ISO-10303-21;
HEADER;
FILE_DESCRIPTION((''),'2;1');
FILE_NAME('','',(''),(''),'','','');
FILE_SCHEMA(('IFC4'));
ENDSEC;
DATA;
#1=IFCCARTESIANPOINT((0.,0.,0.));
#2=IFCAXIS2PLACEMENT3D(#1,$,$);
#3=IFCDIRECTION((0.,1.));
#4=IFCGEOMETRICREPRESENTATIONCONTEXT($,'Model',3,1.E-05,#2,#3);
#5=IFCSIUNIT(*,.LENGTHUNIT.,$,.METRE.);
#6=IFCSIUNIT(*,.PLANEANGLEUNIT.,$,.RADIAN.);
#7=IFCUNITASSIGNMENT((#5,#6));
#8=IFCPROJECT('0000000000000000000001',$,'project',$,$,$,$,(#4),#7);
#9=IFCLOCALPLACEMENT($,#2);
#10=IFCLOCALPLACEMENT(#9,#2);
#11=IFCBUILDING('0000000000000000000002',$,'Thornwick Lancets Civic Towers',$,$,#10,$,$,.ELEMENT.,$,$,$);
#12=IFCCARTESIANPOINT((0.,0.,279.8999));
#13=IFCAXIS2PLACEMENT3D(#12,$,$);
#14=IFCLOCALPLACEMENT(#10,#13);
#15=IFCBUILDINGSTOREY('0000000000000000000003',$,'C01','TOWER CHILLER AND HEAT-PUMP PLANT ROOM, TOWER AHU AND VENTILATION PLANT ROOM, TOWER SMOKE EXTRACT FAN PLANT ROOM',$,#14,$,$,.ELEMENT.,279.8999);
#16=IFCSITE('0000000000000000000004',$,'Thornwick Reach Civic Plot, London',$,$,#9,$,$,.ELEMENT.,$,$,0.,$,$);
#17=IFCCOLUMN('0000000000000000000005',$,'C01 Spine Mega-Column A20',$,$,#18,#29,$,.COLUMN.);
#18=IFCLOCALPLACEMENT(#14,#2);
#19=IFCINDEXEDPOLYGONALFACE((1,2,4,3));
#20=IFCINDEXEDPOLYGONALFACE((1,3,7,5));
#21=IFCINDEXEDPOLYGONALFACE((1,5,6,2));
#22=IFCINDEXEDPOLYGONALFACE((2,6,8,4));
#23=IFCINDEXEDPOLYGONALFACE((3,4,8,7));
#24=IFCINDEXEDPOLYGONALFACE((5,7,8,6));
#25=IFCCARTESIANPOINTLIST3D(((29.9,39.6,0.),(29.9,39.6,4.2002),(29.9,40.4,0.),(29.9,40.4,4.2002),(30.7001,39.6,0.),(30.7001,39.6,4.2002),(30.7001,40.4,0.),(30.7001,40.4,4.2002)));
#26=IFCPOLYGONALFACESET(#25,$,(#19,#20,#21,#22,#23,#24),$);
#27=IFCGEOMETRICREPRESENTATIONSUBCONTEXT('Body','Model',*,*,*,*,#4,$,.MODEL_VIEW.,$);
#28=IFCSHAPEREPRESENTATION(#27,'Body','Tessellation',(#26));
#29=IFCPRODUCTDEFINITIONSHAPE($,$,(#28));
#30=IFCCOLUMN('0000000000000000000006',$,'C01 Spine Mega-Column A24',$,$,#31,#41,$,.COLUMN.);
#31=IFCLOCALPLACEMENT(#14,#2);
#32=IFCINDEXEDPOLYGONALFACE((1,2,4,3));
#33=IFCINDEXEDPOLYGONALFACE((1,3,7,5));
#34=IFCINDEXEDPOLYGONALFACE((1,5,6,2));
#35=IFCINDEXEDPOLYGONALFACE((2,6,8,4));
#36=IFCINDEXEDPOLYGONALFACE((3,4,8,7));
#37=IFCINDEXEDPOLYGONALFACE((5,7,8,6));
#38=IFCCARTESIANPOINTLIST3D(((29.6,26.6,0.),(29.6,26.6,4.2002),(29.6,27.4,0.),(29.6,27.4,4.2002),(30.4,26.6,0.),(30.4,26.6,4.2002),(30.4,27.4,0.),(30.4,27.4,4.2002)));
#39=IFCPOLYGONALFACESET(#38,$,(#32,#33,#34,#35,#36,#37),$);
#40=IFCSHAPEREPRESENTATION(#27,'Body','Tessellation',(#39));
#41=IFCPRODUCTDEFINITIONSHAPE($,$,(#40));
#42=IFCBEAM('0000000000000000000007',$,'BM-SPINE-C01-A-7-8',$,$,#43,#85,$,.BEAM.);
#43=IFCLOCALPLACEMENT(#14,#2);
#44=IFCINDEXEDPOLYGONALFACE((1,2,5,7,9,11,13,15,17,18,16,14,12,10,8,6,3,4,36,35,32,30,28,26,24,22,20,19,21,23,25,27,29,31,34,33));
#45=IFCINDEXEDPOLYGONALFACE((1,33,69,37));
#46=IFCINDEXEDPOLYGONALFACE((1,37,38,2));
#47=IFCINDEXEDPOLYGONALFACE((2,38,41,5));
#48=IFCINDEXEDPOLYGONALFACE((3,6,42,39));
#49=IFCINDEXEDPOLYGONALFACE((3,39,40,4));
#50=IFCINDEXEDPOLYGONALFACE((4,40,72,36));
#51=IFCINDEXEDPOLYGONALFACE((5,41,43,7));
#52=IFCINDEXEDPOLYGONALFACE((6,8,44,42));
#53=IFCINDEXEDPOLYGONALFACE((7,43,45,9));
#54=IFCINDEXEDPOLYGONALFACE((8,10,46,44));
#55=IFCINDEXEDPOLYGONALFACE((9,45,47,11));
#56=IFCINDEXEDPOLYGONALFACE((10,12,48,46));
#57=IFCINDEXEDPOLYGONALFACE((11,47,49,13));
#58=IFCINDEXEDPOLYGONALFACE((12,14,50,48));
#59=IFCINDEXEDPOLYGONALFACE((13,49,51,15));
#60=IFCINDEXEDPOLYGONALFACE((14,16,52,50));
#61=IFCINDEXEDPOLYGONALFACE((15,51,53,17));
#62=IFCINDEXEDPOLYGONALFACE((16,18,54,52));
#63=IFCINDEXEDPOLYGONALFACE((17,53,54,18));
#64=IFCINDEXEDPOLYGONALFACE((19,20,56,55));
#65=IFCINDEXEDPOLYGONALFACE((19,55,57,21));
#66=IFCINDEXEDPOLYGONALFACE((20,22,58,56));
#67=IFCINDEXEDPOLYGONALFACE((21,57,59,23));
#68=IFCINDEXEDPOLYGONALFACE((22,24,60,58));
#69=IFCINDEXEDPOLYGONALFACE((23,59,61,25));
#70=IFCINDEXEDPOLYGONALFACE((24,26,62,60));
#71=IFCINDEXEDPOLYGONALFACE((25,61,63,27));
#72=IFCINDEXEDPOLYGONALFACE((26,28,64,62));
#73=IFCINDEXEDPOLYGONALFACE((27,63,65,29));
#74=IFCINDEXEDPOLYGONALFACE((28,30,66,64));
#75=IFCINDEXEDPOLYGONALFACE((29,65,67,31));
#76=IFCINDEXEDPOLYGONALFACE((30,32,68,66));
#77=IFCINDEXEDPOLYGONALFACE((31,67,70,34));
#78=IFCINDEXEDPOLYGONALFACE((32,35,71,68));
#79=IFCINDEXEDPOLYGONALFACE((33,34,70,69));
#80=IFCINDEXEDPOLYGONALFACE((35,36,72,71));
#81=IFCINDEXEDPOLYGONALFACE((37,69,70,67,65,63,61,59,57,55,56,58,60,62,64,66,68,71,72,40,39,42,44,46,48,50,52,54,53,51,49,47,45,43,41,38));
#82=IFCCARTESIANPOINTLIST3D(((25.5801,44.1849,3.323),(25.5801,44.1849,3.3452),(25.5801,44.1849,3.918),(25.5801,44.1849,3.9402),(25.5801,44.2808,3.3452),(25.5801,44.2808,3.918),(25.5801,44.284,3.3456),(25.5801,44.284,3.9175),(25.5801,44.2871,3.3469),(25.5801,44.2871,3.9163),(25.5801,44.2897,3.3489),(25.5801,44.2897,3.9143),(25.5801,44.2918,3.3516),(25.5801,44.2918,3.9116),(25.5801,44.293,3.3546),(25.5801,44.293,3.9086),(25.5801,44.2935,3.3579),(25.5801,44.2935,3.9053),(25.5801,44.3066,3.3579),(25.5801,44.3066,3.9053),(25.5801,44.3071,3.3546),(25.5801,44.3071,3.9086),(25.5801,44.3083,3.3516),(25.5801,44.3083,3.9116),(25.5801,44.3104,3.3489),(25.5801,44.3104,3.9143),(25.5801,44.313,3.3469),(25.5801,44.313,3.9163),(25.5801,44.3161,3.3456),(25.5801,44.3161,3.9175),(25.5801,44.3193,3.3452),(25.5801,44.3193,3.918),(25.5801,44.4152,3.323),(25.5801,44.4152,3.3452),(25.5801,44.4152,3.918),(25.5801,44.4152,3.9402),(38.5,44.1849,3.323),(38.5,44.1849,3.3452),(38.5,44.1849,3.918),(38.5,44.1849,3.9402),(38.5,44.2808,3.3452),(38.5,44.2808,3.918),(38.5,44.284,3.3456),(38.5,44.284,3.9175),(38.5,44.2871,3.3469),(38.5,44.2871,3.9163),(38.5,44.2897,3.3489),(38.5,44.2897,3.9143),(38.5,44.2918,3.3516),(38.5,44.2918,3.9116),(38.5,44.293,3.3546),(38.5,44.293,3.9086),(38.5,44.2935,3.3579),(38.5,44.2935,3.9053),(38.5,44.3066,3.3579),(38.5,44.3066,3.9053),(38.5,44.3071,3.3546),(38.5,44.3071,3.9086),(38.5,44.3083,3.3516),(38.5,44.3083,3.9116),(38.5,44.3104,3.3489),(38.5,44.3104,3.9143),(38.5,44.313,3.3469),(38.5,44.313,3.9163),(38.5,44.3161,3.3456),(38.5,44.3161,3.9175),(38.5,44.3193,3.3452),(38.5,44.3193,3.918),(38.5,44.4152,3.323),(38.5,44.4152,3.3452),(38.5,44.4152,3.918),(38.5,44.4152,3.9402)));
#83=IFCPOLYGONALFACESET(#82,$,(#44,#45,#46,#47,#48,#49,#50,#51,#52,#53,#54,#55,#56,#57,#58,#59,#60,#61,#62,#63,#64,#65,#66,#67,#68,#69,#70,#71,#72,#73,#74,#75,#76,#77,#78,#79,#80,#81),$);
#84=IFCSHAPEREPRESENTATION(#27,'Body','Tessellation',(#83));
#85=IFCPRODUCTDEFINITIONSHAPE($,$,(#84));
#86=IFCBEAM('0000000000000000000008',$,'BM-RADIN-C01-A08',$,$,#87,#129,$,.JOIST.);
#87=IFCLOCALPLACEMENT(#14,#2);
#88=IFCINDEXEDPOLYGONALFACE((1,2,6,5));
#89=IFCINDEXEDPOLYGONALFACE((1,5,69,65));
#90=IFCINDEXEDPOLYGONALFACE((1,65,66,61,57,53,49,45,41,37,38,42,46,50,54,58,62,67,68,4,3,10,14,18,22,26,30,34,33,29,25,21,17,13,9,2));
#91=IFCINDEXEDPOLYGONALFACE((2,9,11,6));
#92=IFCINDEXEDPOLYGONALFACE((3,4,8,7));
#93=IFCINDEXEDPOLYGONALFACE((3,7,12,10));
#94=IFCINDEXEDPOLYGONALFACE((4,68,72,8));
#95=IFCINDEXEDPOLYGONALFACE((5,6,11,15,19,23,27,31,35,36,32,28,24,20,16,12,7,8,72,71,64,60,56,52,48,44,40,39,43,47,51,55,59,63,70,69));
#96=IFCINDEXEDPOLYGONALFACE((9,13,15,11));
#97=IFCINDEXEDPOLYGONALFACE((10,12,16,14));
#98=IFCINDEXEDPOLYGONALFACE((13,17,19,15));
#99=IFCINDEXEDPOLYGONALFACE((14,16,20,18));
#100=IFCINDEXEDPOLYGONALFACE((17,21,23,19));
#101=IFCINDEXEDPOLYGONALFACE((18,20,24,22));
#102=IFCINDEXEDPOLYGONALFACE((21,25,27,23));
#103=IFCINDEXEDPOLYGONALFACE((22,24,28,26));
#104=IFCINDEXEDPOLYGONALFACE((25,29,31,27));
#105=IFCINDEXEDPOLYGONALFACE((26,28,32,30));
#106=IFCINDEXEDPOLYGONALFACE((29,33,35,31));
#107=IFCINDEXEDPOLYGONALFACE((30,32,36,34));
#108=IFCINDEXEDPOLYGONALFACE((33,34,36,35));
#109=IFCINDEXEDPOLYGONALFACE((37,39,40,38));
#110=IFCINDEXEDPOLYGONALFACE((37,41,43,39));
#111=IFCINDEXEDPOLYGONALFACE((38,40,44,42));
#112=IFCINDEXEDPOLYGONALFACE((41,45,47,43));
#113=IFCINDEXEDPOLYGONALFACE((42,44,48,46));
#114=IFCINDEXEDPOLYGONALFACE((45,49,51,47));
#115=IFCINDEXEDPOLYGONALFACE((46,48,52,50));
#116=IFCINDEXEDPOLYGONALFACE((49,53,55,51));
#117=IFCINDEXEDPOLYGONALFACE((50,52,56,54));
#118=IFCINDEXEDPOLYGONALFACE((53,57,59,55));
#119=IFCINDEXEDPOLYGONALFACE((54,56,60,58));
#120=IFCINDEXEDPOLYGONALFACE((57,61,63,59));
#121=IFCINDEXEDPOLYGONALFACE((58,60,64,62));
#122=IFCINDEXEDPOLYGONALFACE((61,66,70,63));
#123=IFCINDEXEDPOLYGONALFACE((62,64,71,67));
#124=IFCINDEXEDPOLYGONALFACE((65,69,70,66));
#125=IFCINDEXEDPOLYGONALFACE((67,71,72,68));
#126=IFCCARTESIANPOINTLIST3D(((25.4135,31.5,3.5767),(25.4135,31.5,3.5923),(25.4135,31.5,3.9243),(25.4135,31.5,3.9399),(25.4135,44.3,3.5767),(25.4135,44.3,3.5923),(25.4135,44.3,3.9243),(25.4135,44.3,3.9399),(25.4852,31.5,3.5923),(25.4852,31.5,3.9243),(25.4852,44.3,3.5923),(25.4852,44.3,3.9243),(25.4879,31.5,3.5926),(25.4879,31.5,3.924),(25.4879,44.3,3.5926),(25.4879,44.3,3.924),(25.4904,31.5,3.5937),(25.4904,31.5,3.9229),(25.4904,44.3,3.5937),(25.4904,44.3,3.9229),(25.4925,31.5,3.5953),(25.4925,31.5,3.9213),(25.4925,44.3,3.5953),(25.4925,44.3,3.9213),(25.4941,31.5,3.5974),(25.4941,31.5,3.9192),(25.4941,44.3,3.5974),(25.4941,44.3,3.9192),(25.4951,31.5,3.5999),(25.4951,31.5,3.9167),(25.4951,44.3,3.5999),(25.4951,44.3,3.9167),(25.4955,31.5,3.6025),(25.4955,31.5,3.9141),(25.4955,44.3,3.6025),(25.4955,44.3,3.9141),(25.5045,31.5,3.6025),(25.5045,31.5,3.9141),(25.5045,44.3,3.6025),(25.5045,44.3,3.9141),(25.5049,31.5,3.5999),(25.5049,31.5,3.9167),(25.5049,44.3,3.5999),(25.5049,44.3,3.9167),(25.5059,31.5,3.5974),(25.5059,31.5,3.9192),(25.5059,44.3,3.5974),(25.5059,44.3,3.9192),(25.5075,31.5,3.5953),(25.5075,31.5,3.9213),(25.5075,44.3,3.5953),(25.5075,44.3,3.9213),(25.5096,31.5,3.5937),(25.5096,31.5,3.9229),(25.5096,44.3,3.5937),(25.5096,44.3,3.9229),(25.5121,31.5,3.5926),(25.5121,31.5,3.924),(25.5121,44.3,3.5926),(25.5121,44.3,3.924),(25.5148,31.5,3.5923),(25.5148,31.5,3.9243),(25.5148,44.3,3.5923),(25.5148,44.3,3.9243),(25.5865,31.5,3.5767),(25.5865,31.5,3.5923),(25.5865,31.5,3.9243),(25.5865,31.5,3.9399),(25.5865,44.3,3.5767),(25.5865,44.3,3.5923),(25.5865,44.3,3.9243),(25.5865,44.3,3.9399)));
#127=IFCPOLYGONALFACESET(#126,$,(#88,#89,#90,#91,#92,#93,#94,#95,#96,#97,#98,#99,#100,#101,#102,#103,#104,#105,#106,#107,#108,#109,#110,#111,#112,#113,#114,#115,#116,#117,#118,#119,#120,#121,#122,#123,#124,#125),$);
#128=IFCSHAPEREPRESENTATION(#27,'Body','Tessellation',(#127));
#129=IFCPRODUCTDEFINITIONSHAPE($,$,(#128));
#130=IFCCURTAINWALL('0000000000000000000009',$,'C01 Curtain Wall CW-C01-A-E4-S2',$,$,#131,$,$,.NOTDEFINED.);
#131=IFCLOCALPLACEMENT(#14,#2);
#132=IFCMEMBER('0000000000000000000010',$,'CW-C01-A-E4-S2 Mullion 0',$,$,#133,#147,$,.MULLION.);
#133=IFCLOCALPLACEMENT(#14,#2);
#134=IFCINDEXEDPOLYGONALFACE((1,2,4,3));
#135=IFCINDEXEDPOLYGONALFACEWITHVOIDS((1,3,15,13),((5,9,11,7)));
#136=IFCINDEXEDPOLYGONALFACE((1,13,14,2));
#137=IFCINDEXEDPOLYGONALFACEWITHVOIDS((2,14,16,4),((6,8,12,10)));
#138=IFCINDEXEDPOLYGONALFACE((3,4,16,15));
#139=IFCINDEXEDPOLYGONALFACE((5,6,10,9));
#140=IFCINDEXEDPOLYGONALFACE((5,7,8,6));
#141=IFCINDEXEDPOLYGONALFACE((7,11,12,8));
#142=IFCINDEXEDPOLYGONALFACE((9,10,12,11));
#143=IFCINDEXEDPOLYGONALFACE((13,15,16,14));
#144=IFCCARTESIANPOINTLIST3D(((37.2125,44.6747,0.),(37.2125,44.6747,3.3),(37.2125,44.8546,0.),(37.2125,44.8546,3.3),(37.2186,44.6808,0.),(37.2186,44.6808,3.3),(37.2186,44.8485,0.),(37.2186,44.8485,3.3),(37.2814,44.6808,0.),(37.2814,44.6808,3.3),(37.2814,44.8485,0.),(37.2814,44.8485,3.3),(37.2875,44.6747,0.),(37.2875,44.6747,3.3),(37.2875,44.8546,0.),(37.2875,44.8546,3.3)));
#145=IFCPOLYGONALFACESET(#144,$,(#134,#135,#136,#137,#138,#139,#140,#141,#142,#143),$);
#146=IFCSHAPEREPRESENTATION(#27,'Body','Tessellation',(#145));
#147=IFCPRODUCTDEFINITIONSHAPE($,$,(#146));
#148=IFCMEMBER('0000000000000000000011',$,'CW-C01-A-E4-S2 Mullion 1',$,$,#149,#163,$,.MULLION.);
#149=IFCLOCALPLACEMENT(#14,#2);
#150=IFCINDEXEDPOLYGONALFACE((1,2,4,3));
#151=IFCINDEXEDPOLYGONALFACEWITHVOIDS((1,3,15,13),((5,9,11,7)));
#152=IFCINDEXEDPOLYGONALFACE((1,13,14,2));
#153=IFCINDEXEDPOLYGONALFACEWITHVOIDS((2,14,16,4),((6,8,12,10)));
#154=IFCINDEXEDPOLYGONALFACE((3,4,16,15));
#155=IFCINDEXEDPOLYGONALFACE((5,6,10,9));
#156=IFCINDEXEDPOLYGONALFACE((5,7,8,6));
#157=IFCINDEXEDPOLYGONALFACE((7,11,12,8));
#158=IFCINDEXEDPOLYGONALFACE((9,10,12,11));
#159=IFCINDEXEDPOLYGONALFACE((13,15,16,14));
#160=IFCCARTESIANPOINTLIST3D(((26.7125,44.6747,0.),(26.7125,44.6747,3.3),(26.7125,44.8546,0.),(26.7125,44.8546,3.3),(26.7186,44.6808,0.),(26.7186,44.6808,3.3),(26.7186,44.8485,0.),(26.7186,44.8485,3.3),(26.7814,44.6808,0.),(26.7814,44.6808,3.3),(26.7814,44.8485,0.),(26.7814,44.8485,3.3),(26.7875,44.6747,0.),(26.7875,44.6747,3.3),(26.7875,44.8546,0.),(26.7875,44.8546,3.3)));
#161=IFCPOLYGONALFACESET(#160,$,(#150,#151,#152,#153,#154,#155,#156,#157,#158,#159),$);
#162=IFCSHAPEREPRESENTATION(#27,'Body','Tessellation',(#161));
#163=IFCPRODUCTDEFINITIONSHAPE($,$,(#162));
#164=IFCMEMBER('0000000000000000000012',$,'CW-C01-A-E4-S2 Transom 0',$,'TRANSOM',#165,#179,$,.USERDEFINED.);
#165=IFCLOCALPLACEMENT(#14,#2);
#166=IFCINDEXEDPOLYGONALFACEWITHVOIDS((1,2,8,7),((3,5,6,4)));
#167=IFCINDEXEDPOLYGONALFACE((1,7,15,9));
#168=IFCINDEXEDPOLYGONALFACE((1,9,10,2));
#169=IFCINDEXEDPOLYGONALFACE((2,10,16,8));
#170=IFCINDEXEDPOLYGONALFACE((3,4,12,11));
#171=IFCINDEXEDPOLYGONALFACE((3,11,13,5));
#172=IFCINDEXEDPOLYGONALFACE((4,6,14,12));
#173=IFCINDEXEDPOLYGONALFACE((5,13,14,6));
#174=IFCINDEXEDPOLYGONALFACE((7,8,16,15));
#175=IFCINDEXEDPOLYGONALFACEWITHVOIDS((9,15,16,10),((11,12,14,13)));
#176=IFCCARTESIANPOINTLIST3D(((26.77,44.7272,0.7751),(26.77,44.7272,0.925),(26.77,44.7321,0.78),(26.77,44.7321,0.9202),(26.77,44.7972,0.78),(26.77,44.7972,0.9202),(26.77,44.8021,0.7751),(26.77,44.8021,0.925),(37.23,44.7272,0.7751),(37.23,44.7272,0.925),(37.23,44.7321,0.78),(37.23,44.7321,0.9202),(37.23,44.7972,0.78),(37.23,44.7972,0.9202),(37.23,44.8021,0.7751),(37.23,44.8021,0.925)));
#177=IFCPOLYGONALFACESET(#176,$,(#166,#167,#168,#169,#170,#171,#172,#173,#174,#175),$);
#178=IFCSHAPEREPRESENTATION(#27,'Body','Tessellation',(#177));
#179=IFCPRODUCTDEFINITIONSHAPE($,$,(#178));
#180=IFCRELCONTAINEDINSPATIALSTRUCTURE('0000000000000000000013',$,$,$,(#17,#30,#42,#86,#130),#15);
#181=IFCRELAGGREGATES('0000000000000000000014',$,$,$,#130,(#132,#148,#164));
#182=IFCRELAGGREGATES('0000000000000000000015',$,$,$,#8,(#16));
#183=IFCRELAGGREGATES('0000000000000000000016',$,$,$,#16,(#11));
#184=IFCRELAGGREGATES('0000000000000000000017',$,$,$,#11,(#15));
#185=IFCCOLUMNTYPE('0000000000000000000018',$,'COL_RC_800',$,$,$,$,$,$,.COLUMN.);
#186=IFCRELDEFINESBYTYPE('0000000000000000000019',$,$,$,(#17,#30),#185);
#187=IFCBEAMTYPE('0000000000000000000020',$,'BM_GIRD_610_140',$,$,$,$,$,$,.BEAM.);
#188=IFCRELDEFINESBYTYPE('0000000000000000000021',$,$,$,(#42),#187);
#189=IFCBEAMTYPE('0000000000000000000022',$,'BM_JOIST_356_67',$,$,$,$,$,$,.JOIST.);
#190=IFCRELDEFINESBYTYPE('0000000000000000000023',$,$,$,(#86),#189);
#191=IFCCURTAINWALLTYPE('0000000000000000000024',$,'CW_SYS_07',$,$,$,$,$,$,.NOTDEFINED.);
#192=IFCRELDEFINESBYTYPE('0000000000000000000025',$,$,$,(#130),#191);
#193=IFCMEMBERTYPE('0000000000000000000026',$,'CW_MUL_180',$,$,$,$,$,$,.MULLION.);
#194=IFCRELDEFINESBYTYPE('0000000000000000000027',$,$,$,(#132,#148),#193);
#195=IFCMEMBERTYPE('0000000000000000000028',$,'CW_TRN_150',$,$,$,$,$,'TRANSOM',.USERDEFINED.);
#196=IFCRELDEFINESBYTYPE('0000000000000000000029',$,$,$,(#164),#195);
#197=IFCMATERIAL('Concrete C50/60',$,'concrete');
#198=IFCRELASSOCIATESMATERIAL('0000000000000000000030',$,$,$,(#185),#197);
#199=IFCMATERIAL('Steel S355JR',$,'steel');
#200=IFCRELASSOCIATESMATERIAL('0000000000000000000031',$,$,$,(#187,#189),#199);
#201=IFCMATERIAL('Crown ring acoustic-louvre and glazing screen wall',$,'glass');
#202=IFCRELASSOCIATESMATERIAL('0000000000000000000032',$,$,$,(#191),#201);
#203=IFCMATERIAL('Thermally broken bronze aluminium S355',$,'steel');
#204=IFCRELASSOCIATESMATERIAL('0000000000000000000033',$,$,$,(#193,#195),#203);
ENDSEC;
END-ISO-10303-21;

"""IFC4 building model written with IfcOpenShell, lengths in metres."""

from ifc_helpers import new_model, si_unit, direction, frame, origin, origin_2d, place, context, subcontext, project, spatial, rectangle, hollow_rectangle, i_section, extrude, material, material_profile, profile_set, type_object, element, aggregate, save


model = new_model("IFC4")

# Units and contexts
model_context = context("Model", 3, precision=1e-05, world=origin(), true_north=direction((0.0, 1.0)))
body_context = subcontext(model_context, "Body", "Model", "MODEL_VIEW")
ifc_project = project(units=[si_unit("LENGTHUNIT", "METRE"), si_unit("PLANEANGLEUNIT", "RADIAN")], contexts=[model_context])

# Site, building, storey
site_placement = place(None, origin())
site = spatial("IfcSite", under=ifc_project, at=site_placement, Name="Thornwick Reach Civic Plot, London", CompositionType="ELEMENT", RefElevation=0.0)
building_placement = place(site_placement, origin())
building = spatial("IfcBuilding", under=site, at=building_placement, Name="Thornwick Lancets Civic Towers", CompositionType="ELEMENT")
storey_placement = place(building_placement, frame((0.0, 0.0, 279.8999)))
storey = spatial("IfcBuildingStorey", under=building, at=storey_placement, Name="C01", Description="TOWER CHILLER AND HEAT-PUMP PLANT ROOM, TOWER AHU AND VENTILATION PLANT ROOM, TOWER SMOKE EXTRACT FAN PLANT ROOM", CompositionType="ELEMENT", Elevation=279.8999)

# Columns
ifc_material_1 = material(Name="Concrete C50/60", Category="concrete")
ifc_material_profile_1 = material_profile(ifc_material_1, rectangle(XDim=0.8, YDim=0.8, at=origin_2d()), Name="RC 800x800")
ifc_profile_set_1 = profile_set([ifc_material_profile_1], Name="Concrete C50/60")
column_type = type_object("IfcColumnType", Name="COL_RC_800", PredefinedType="COLUMN", material=ifc_profile_set_1)
for number, where, z_axis, x_axis, name in (
    (1, (30.3, 40.0, 0.0), (0.0, 0.0, 1.0), (1.0, 0.0, 0.0), "C01 Spine Mega-Column A20"),
    (2, (30.0, 27.0, 0.0), (0.0, 0.0, 1.0), (1.0, 0.0, 0.0), "C01 Spine Mega-Column A24"),
):
    element("IfcColumn", number, at=place(storey_placement, frame(where, z_axis=z_axis, x_axis=x_axis)), inside=storey, type_object=column_type, Name=name, PredefinedType="COLUMN", context=body_context, shape_type="SweptSolid", body=[
        extrude(rectangle(XDim=0.8, YDim=0.8, at=origin_2d()), origin(), (0.0, 0.0, 1.0), 4.2002),
    ])

# Beams
ifc_material_2 = material(Name="Steel S355JR", Category="steel")
ifc_material_profile_2 = material_profile(ifc_material_2, i_section(OverallWidth=0.2302, OverallDepth=0.6172, WebThickness=0.0132, FlangeThickness=0.0222, FilletRadius=0.0127, at=origin_2d()), Name="UKB 610x229x140")
ifc_profile_set_2 = profile_set([ifc_material_profile_2], Name="Steel S355JR")
beam_type_1 = type_object("IfcBeamType", Name="BM_GIRD_610_140", PredefinedType="BEAM", material=ifc_profile_set_2)
beam_1_placement = place(storey_placement, frame((25.5801, 44.3, 3.6316), z_axis=(1.0, 0.0, 0.0), x_axis=(0.0, 1.0, 0.0)))
element("IfcBeam", 3, at=beam_1_placement, inside=storey, type_object=beam_type_1, Name="BM-SPINE-C01-A-7-8", PredefinedType="BEAM", context=body_context, shape_type="SweptSolid", body=[
    extrude(i_section(OverallWidth=0.2302, OverallDepth=0.6172, WebThickness=0.0132, FlangeThickness=0.0222, FilletRadius=0.0127, at=origin_2d()), origin(), (0.0, 0.0, 1.0), 12.9199),
])
ifc_material_profile_3 = material_profile(ifc_material_2, i_section(OverallWidth=0.1731, OverallDepth=0.3633, WebThickness=0.009, FlangeThickness=0.0156, FilletRadius=0.0103, at=origin_2d()), Name="UKB 356x171x67")
ifc_profile_set_3 = profile_set([ifc_material_profile_3], Name="Steel S355JR")
beam_type_2 = type_object("IfcBeamType", Name="BM_JOIST_356_67", PredefinedType="JOIST", material=ifc_profile_set_3)
beam_2_placement = place(storey_placement, frame((25.5, 31.5, 3.7583), z_axis=(0.0, 1.0, 0.0), x_axis=(-1.0, 0.0, 0.0)))
element("IfcBeam", 4, at=beam_2_placement, inside=storey, type_object=beam_type_2, Name="BM-RADIN-C01-A08", PredefinedType="JOIST", context=body_context, shape_type="SweptSolid", body=[
    extrude(i_section(OverallWidth=0.1731, OverallDepth=0.3633, WebThickness=0.009, FlangeThickness=0.0156, FilletRadius=0.0103, at=origin_2d()), origin(), (0.0, 0.0, 1.0), 12.8),
])

# Curtain wall, members
ifc_material_3 = material(Name="Crown ring acoustic-louvre and glazing screen wall", Category="glass")
curtain_wall_type = type_object("IfcCurtainWallType", Name="CW_SYS_07", PredefinedType="NOTDEFINED", material=ifc_material_3)
curtain_wall_placement = place(storey_placement, origin())
curtain_wall = element("IfcCurtainWall", 5, at=curtain_wall_placement, inside=storey, type_object=curtain_wall_type, Name="C01 Curtain Wall CW-C01-A-E4-S2", PredefinedType="NOTDEFINED")
ifc_material_4 = material(Name="Thermally broken bronze aluminium S355", Category="steel")
ifc_material_profile_4 = material_profile(ifc_material_4, hollow_rectangle(XDim=0.075, YDim=0.1799, WallThickness=0.0061, at=origin_2d()), Name="RHS 180x75x6")
ifc_profile_set_4 = profile_set([ifc_material_profile_4], Name="Thermally broken bronze aluminium S355")
member_type_1 = type_object("IfcMemberType", Name="CW_MUL_180", PredefinedType="MULLION", material=ifc_profile_set_4)
member_1_placement = place(storey_placement, frame((37.25, 44.7646, 0.0), z_axis=(0.0, 0.0, 1.0), x_axis=(1.0, 0.0, 0.0)))
member_1 = element("IfcMember", 6, at=member_1_placement, type_object=member_type_1, Name="CW-C01-A-E4-S2 Mullion 0", PredefinedType="MULLION", context=body_context, shape_type="SweptSolid", body=[
    extrude(hollow_rectangle(XDim=0.075, YDim=0.1799, WallThickness=0.0061, at=origin_2d()), origin(), (0.0, 0.0, 1.0), 3.3),
])
member_2_placement = place(storey_placement, frame((26.75, 44.7646, 0.0), z_axis=(0.0, 0.0, 1.0), x_axis=(1.0, 0.0, 0.0)))
member_2 = element("IfcMember", 7, at=member_2_placement, type_object=member_type_1, Name="CW-C01-A-E4-S2 Mullion 1", PredefinedType="MULLION", context=body_context, shape_type="SweptSolid", body=[
    extrude(hollow_rectangle(XDim=0.075, YDim=0.1799, WallThickness=0.0061, at=origin_2d()), origin(), (0.0, 0.0, 1.0), 3.3),
])
ifc_material_profile_5 = material_profile(ifc_material_4, hollow_rectangle(XDim=0.075, YDim=0.1499, WallThickness=0.0049, at=origin_2d()), Name="RHS 150x75x5")
ifc_profile_set_5 = profile_set([ifc_material_profile_5], Name="Thermally broken bronze aluminium S355")
member_type_2 = type_object("IfcMemberType", Name="CW_TRN_150", ElementType="TRANSOM", PredefinedType="USERDEFINED", material=ifc_profile_set_5)
member_3_placement = place(storey_placement, frame((37.23, 44.7646, 0.8501), z_axis=(-1.0, 0.0, 0.0), x_axis=(0.0, -1.0, 0.0)))
member_3 = element("IfcMember", 8, at=member_3_placement, type_object=member_type_2, Name="CW-C01-A-E4-S2 Transom 0", ObjectType="TRANSOM", PredefinedType="USERDEFINED", context=body_context, shape_type="SweptSolid", body=[
    extrude(hollow_rectangle(XDim=0.075, YDim=0.1499, WallThickness=0.0049, at=origin_2d()), origin(), (0.0, 0.0, 1.0), 10.46),
])

aggregate(curtain_wall, [member_1, member_2, member_3])

save(model, "model.ifc")
